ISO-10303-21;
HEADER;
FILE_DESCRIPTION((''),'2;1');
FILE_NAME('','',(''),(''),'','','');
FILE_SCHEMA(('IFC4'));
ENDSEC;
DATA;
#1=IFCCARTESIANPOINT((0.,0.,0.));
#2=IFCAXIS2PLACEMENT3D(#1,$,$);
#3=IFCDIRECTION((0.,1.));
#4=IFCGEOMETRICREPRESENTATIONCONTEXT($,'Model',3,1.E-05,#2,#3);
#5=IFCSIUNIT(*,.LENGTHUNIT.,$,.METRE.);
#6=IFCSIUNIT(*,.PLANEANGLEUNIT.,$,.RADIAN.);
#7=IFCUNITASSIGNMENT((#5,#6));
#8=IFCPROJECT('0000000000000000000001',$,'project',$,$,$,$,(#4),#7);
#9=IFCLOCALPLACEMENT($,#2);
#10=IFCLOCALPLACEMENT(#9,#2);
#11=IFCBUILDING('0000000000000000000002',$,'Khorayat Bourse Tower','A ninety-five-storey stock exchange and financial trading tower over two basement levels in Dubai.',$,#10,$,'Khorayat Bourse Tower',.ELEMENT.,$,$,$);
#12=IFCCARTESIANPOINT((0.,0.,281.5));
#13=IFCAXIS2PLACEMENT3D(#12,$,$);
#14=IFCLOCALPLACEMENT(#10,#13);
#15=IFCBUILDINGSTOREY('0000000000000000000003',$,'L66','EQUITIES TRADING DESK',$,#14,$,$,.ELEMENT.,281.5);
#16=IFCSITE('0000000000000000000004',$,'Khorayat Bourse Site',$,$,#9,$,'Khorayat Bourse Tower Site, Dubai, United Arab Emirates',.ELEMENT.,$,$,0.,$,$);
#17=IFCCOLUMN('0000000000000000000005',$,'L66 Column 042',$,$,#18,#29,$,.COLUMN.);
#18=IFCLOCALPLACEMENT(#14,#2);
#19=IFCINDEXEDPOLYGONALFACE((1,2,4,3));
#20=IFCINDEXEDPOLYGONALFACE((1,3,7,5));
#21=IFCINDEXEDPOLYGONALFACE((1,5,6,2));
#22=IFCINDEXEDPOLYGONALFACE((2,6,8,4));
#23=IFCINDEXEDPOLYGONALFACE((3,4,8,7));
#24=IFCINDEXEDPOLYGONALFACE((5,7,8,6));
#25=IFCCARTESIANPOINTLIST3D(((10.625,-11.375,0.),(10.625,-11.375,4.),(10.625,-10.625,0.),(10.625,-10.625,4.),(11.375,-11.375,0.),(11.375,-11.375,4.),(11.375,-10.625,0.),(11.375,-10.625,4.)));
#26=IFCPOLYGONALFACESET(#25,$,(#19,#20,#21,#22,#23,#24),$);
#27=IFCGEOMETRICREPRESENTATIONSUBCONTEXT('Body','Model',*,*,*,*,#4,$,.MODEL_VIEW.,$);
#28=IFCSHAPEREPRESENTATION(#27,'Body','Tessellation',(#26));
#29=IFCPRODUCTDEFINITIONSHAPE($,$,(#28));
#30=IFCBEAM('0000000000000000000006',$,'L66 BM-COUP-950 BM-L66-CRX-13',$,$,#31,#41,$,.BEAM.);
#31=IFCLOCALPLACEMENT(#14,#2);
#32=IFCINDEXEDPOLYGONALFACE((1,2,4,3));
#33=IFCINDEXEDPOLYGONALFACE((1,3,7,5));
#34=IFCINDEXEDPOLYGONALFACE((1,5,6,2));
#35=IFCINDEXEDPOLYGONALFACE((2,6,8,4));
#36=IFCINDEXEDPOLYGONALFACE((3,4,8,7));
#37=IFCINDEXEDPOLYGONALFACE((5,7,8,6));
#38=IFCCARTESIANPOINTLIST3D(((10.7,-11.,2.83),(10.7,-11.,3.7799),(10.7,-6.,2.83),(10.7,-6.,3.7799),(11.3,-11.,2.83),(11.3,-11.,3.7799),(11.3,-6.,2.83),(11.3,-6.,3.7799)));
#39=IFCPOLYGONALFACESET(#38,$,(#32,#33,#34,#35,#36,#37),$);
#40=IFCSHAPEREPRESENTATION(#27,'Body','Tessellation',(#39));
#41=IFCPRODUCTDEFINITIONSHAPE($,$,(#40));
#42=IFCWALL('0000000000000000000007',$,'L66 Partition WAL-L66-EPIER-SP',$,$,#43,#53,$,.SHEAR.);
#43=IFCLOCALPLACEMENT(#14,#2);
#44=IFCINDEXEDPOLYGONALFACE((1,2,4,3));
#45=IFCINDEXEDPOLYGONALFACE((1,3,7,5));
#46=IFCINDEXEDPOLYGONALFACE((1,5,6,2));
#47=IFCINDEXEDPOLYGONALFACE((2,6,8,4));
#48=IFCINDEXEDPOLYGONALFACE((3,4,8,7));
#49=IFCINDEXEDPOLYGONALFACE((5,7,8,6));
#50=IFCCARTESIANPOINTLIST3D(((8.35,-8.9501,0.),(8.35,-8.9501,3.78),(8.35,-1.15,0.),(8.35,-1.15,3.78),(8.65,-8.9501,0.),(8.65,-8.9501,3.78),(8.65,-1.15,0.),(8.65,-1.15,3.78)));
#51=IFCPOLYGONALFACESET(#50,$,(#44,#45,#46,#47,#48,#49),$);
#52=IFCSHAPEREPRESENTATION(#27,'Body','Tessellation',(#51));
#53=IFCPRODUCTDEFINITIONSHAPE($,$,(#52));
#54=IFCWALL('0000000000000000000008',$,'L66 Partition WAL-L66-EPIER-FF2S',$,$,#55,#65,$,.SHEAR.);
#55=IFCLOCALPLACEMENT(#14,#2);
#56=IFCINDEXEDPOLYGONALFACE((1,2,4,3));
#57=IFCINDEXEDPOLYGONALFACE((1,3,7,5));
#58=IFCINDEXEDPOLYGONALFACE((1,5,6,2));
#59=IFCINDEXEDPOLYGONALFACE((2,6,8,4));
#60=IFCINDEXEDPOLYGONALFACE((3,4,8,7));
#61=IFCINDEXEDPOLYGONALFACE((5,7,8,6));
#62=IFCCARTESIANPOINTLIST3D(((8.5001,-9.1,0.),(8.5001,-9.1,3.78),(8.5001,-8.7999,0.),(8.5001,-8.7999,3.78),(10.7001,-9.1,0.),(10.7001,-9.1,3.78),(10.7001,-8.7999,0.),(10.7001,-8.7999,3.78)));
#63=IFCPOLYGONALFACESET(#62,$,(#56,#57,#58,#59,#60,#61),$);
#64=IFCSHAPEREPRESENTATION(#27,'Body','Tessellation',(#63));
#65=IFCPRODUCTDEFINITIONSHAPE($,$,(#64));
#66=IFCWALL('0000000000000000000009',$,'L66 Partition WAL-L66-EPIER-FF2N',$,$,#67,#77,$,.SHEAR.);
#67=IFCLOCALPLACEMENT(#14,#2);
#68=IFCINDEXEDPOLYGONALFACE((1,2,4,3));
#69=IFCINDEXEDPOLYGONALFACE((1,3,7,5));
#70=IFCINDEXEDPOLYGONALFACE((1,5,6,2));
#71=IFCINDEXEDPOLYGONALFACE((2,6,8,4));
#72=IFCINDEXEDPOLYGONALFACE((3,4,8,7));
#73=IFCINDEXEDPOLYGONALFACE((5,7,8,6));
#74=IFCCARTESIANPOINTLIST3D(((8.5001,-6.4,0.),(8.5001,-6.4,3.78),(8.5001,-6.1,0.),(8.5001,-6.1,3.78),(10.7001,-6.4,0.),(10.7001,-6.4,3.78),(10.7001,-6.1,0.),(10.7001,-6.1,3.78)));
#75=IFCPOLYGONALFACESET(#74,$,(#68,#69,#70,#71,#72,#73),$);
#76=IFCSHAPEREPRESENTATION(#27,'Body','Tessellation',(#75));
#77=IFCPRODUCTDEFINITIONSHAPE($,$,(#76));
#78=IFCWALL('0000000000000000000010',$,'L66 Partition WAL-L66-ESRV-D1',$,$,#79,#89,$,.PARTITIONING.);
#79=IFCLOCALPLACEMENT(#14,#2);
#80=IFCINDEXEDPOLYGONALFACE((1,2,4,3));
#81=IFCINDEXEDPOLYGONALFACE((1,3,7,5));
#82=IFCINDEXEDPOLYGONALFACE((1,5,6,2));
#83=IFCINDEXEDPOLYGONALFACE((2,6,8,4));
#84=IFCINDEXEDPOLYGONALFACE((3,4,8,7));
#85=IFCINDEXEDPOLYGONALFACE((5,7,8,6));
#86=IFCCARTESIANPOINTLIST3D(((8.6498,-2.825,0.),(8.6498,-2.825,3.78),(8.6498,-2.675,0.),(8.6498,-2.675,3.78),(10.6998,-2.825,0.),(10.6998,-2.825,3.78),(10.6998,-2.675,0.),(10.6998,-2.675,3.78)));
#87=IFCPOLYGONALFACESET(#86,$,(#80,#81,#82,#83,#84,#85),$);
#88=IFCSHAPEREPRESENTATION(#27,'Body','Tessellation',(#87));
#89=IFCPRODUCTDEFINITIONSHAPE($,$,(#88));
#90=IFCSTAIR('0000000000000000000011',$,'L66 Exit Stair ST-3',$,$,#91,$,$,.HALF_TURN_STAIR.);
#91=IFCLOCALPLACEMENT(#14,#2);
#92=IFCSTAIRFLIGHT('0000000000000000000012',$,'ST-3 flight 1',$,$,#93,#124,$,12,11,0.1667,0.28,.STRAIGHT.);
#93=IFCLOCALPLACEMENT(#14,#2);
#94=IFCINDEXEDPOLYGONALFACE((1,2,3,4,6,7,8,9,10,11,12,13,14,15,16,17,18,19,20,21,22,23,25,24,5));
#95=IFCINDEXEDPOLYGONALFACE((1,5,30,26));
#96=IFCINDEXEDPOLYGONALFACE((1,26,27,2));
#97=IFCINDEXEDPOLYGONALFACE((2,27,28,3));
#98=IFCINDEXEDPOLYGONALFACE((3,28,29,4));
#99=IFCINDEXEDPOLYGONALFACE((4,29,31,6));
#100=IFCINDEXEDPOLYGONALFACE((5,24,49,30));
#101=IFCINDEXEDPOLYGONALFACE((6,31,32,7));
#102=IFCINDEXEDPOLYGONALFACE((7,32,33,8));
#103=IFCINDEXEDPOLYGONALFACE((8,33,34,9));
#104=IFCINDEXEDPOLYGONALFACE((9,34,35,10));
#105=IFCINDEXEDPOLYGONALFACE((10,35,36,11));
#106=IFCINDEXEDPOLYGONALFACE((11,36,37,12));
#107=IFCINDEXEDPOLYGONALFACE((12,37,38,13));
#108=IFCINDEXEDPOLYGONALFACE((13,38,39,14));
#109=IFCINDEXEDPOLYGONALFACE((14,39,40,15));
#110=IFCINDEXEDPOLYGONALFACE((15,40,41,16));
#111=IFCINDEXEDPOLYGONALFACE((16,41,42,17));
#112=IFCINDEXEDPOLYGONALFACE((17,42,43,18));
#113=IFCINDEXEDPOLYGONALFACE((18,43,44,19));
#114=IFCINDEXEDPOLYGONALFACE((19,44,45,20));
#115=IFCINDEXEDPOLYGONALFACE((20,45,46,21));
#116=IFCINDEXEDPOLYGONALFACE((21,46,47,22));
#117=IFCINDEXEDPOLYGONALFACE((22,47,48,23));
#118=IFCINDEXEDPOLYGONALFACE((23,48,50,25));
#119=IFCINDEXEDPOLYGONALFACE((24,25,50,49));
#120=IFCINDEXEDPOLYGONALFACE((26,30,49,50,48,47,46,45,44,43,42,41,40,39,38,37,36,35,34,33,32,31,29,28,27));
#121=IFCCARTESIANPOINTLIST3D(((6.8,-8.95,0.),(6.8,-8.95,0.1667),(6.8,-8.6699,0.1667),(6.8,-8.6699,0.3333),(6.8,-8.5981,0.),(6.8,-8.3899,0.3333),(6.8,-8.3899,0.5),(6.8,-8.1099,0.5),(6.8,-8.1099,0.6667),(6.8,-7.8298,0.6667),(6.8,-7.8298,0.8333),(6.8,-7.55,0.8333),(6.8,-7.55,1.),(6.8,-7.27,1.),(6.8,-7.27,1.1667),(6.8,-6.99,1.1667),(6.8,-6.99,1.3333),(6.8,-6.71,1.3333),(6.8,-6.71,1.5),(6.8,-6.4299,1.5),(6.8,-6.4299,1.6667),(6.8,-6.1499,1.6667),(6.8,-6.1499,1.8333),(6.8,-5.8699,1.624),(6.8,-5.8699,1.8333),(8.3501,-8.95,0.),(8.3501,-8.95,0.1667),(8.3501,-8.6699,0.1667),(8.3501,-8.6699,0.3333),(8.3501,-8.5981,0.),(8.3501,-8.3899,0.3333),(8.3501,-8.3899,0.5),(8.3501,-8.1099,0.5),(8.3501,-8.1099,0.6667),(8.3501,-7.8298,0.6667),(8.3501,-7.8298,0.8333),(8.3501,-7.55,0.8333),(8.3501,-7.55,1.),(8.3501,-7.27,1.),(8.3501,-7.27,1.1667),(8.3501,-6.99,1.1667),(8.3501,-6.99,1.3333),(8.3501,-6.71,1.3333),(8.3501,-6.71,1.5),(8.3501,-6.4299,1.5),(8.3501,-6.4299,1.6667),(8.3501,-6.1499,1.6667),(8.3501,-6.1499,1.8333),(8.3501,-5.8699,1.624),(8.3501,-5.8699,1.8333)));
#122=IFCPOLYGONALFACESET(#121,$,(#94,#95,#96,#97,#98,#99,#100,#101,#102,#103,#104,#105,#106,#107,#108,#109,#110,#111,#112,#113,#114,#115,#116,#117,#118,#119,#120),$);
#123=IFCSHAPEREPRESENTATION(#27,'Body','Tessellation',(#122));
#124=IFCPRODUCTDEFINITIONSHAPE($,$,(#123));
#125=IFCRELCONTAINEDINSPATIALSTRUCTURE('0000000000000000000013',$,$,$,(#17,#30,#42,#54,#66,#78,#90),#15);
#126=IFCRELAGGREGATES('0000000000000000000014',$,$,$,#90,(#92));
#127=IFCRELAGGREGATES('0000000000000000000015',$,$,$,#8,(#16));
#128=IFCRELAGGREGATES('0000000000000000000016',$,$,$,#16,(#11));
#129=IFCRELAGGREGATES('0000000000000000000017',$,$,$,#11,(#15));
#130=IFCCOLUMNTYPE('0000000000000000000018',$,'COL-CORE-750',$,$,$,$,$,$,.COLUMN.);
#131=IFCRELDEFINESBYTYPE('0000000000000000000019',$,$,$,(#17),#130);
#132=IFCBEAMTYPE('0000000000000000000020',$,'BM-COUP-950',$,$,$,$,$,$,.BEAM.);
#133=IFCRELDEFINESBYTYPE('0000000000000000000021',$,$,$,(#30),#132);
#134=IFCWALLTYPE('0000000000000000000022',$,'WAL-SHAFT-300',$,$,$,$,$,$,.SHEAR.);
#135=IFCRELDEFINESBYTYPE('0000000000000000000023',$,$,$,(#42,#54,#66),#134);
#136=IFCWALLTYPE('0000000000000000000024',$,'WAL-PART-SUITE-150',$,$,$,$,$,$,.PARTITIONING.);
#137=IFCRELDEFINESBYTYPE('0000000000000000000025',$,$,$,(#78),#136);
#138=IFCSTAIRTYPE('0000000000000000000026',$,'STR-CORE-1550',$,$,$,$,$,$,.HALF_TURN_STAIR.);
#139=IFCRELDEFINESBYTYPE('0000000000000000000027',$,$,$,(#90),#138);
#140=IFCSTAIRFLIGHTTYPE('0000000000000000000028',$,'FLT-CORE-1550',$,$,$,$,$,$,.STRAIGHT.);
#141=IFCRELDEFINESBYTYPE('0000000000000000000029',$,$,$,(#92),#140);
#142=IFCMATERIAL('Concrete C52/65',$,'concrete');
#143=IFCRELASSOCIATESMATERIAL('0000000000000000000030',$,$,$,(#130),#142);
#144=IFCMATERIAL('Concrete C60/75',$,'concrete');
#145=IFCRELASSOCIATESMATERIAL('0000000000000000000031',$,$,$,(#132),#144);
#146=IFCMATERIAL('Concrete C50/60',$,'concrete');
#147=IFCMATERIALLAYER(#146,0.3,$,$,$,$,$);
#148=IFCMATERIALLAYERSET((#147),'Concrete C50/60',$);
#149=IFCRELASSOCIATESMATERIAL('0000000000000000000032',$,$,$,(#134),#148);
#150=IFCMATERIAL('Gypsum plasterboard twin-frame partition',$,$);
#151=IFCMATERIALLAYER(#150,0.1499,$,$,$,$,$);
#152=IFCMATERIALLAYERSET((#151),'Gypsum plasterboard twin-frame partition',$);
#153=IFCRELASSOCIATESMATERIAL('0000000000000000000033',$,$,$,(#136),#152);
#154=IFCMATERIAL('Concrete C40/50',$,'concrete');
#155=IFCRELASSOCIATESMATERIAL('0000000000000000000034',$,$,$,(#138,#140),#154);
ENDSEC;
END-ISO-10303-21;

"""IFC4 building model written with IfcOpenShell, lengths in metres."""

from ifc_helpers import new_model, si_unit, direction, frame, frame_2d, origin, origin_2d, place, context, subcontext, project, spatial, polyline, rectangle, outline, extrude, source, transform, mapped, material, layer, layer_set, material_profile, profile_set, type_object, element, aggregate, save


model = new_model("IFC4")

# Units and contexts
model_context = context("Model", 3, precision=1e-05, world=origin(), true_north=direction((0.0, 1.0)))
body_context = subcontext(model_context, "Body", "Model", "MODEL_VIEW")
ifc_project = project(units=[si_unit("LENGTHUNIT", "METRE"), si_unit("PLANEANGLEUNIT", "RADIAN")], contexts=[model_context])

# Site, building, storey
site_placement = place(None, origin())
site = spatial("IfcSite", under=ifc_project, at=site_placement, Name="Khorayat Bourse Site", LongName="Khorayat Bourse Tower Site, Dubai, United Arab Emirates", CompositionType="ELEMENT", RefElevation=0.0)
building_placement = place(site_placement, origin())
building = spatial("IfcBuilding", under=site, at=building_placement, Name="Khorayat Bourse Tower", Description="A ninety-five-storey stock exchange and financial trading tower over two basement levels in Dubai.", LongName="Khorayat Bourse Tower", CompositionType="ELEMENT")
storey_placement = place(building_placement, frame((0.0, 0.0, 281.5)))
storey = spatial("IfcBuildingStorey", under=building, at=storey_placement, Name="L66", Description="EQUITIES TRADING DESK", CompositionType="ELEMENT", Elevation=281.5)

# Column
ifc_material_1 = material(Name="Concrete C52/65", Category="concrete")
ifc_material_profile_1 = material_profile(ifc_material_1, rectangle(XDim=0.75, YDim=0.75, at=origin_2d()), Name="RC 750x750")
ifc_profile_set_1 = profile_set([ifc_material_profile_1], Name="Concrete C52/65")
column_type = type_object("IfcColumnType", Name="COL-CORE-750", PredefinedType="COLUMN", material=ifc_profile_set_1)
shared_shape_1 = source(origin(), body_context, "Body", "SweptSolid", [
    extrude(rectangle(XDim=0.75, YDim=0.75, at=origin_2d()), origin(), (0.0, 0.0, 1.0), 4.0),
])
column_placement = place(storey_placement, frame((11.0, -11.0, 0.0), z_axis=(0.0, 0.0, 1.0), x_axis=(1.0, 0.0, 0.0)))
element("IfcColumn", 1, at=column_placement, inside=storey, type_object=column_type, Name="L66 Column 042", PredefinedType="COLUMN", context=body_context, shape_type="MappedRepresentation", body=[
    mapped(shared_shape_1, transform((0.0, 0.0, 0.0), scale=1.0)),
])

# Beam
ifc_material_2 = material(Name="Concrete C60/75", Category="concrete")
ifc_material_profile_2 = material_profile(ifc_material_2, rectangle(XDim=0.6001, YDim=0.95, at=origin_2d()), Name="RC 600x950")
ifc_profile_set_2 = profile_set([ifc_material_profile_2], Name="Concrete C60/75")
beam_type = type_object("IfcBeamType", Name="BM-COUP-950", PredefinedType="BEAM", material=ifc_profile_set_2)
shared_shape_2 = source(origin(), body_context, "Body", "SweptSolid", [
    extrude(rectangle(XDim=0.6001, YDim=0.95, at=origin_2d()), origin(), (0.0, 0.0, 1.0), 5.0),
])
beam_placement = place(storey_placement, frame((11.0, -11.0, 3.3049), z_axis=(0.0, 1.0, 0.0), x_axis=(-1.0, 0.0, 0.0)))
element("IfcBeam", 2, at=beam_placement, inside=storey, type_object=beam_type, Name="L66 BM-COUP-950 BM-L66-CRX-13", PredefinedType="BEAM", context=body_context, shape_type="MappedRepresentation", body=[
    mapped(shared_shape_2, transform((0.0, 0.0, 0.0), scale=1.0)),
])

# Walls
ifc_material_3 = material(Name="Concrete C50/60", Category="concrete")
ifc_layer_1 = layer(ifc_material_3, 0.3)
ifc_layer_set_1 = layer_set([ifc_layer_1], Name="Concrete C50/60")
wall_type_1 = type_object("IfcWallType", Name="WAL-SHAFT-300", PredefinedType="SHEAR", material=ifc_layer_set_1)
shared_shape_3 = source(origin(), body_context, "Body", "SweptSolid", [
    extrude(rectangle(XDim=7.8, YDim=0.3, at=frame_2d((3.8999, 0.0))), origin(), (0.0, 0.0, 1.0), 3.78),
])
wall_1_placement = place(storey_placement, frame((8.5, -8.95, 0.0), z_axis=(0.0, 0.0, 1.0), x_axis=(0.0, 1.0, 0.0)))
element("IfcWall", 3, at=wall_1_placement, inside=storey, type_object=wall_type_1, Name="L66 Partition WAL-L66-EPIER-SP", PredefinedType="SHEAR", context=body_context, shape_type="MappedRepresentation", body=[
    mapped(shared_shape_3, transform((0.0, 0.0, 0.0), scale=1.0)),
])
shared_shape_4 = source(origin(), body_context, "Body", "SweptSolid", [
    extrude(rectangle(XDim=2.2, YDim=0.3, at=frame_2d((1.1001, 0.0))), origin(), (0.0, 0.0, 1.0), 3.78),
])
for number, where, z_axis, x_axis, name in (
    (4, (8.5, -8.95, 0.0), (0.0, 0.0, 1.0), (1.0, 0.0, 0.0), "L66 Partition WAL-L66-EPIER-FF2S"),
    (5, (8.5, -6.25, 0.0), (0.0, 0.0, 1.0), (1.0, 0.0, 0.0), "L66 Partition WAL-L66-EPIER-FF2N"),
):
    element("IfcWall", number, at=place(storey_placement, frame(where, z_axis=z_axis, x_axis=x_axis)), inside=storey, type_object=wall_type_1, Name=name, PredefinedType="SHEAR", context=body_context, shape_type="MappedRepresentation", body=[
        mapped(shared_shape_4, transform((0.0, 0.0, 0.0), scale=1.0)),
    ])
ifc_material_4 = material(Name="Gypsum plasterboard twin-frame partition")
ifc_layer_2 = layer(ifc_material_4, 0.1499)
ifc_layer_set_2 = layer_set([ifc_layer_2], Name="Gypsum plasterboard twin-frame partition")
wall_type_2 = type_object("IfcWallType", Name="WAL-PART-SUITE-150", PredefinedType="PARTITIONING", material=ifc_layer_set_2)
shared_shape_5 = source(origin(), body_context, "Body", "SweptSolid", [
    extrude(rectangle(XDim=2.05, YDim=0.1499, at=frame_2d((1.0249, 0.0))), origin(), (0.0, 0.0, 1.0), 3.78),
])
wall_2_placement = place(storey_placement, frame((8.6499, -2.75, 0.0), z_axis=(0.0, 0.0, 1.0), x_axis=(1.0, 0.0, 0.0)))
element("IfcWall", 6, at=wall_2_placement, inside=storey, type_object=wall_type_2, Name="L66 Partition WAL-L66-ESRV-D1", PredefinedType="PARTITIONING", context=body_context, shape_type="MappedRepresentation", body=[
    mapped(shared_shape_5, transform((0.0, 0.0, 0.0), scale=1.0)),
])

# Stair, stair flight
ifc_material_5 = material(Name="Concrete C40/50", Category="concrete")
stair_type = type_object("IfcStairType", Name="STR-CORE-1550", PredefinedType="HALF_TURN_STAIR", material=ifc_material_5)
stair_placement = place(storey_placement, origin())
stair = element("IfcStair", 7, at=stair_placement, inside=storey, type_object=stair_type, Name="L66 Exit Stair ST-3", PredefinedType="HALF_TURN_STAIR")
stair_flight_type = type_object("IfcStairFlightType", Name="FLT-CORE-1550", PredefinedType="STRAIGHT", material=ifc_material_5)
shared_shape_6 = source(origin(), body_context, "Body", "SweptSolid", [
    extrude(outline(polyline([(0.0, 0.0), (0.0, 0.1667), (0.28, 0.1667), (0.28, 0.3333), (0.5601, 0.3333), (0.5601, 0.5), (0.8401, 0.5), (0.8401, 0.6667), (1.1201, 0.6667), (1.1201, 0.8333), (1.3999, 0.8333), (1.3999, 1.0), (1.6799, 1.0), (1.6799, 1.1667), (1.96, 1.1667), (1.96, 1.3333), (2.24, 1.3333), (2.24, 1.5), (2.52, 1.5), (2.52, 1.6667), (2.8, 1.6667), (2.8, 1.8333), (3.0801, 1.8333), (3.0801, 2.0), (3.0801, 1.624), (0.3518, 0.0), (0.0, 0.0)])), frame((0.0, 0.7749, 0.0), z_axis=(0.0, -1.0, 0.0), x_axis=(1.0, 0.0, 0.0)), (0.0, 0.0, 1.0), 1.55),
])
stair_flight_placement = place(storey_placement, frame((7.575, -8.95, 0.0), z_axis=(0.0, 0.0, 1.0), x_axis=(0.0, 1.0, 0.0)))
stair_flight = element("IfcStairFlight", 8, at=stair_flight_placement, type_object=stair_flight_type, Name="ST-3 flight 1", NumberOfRisers=12, NumberOfTreads=11, PredefinedType="STRAIGHT", RiserHeight=0.1667, TreadLength=0.28, context=body_context, shape_type="MappedRepresentation", body=[
    mapped(shared_shape_6, transform((0.0, 0.0, 0.0), scale=1.0)),
])
aggregate(stair, [stair_flight])

save(model, "model.ifc")
